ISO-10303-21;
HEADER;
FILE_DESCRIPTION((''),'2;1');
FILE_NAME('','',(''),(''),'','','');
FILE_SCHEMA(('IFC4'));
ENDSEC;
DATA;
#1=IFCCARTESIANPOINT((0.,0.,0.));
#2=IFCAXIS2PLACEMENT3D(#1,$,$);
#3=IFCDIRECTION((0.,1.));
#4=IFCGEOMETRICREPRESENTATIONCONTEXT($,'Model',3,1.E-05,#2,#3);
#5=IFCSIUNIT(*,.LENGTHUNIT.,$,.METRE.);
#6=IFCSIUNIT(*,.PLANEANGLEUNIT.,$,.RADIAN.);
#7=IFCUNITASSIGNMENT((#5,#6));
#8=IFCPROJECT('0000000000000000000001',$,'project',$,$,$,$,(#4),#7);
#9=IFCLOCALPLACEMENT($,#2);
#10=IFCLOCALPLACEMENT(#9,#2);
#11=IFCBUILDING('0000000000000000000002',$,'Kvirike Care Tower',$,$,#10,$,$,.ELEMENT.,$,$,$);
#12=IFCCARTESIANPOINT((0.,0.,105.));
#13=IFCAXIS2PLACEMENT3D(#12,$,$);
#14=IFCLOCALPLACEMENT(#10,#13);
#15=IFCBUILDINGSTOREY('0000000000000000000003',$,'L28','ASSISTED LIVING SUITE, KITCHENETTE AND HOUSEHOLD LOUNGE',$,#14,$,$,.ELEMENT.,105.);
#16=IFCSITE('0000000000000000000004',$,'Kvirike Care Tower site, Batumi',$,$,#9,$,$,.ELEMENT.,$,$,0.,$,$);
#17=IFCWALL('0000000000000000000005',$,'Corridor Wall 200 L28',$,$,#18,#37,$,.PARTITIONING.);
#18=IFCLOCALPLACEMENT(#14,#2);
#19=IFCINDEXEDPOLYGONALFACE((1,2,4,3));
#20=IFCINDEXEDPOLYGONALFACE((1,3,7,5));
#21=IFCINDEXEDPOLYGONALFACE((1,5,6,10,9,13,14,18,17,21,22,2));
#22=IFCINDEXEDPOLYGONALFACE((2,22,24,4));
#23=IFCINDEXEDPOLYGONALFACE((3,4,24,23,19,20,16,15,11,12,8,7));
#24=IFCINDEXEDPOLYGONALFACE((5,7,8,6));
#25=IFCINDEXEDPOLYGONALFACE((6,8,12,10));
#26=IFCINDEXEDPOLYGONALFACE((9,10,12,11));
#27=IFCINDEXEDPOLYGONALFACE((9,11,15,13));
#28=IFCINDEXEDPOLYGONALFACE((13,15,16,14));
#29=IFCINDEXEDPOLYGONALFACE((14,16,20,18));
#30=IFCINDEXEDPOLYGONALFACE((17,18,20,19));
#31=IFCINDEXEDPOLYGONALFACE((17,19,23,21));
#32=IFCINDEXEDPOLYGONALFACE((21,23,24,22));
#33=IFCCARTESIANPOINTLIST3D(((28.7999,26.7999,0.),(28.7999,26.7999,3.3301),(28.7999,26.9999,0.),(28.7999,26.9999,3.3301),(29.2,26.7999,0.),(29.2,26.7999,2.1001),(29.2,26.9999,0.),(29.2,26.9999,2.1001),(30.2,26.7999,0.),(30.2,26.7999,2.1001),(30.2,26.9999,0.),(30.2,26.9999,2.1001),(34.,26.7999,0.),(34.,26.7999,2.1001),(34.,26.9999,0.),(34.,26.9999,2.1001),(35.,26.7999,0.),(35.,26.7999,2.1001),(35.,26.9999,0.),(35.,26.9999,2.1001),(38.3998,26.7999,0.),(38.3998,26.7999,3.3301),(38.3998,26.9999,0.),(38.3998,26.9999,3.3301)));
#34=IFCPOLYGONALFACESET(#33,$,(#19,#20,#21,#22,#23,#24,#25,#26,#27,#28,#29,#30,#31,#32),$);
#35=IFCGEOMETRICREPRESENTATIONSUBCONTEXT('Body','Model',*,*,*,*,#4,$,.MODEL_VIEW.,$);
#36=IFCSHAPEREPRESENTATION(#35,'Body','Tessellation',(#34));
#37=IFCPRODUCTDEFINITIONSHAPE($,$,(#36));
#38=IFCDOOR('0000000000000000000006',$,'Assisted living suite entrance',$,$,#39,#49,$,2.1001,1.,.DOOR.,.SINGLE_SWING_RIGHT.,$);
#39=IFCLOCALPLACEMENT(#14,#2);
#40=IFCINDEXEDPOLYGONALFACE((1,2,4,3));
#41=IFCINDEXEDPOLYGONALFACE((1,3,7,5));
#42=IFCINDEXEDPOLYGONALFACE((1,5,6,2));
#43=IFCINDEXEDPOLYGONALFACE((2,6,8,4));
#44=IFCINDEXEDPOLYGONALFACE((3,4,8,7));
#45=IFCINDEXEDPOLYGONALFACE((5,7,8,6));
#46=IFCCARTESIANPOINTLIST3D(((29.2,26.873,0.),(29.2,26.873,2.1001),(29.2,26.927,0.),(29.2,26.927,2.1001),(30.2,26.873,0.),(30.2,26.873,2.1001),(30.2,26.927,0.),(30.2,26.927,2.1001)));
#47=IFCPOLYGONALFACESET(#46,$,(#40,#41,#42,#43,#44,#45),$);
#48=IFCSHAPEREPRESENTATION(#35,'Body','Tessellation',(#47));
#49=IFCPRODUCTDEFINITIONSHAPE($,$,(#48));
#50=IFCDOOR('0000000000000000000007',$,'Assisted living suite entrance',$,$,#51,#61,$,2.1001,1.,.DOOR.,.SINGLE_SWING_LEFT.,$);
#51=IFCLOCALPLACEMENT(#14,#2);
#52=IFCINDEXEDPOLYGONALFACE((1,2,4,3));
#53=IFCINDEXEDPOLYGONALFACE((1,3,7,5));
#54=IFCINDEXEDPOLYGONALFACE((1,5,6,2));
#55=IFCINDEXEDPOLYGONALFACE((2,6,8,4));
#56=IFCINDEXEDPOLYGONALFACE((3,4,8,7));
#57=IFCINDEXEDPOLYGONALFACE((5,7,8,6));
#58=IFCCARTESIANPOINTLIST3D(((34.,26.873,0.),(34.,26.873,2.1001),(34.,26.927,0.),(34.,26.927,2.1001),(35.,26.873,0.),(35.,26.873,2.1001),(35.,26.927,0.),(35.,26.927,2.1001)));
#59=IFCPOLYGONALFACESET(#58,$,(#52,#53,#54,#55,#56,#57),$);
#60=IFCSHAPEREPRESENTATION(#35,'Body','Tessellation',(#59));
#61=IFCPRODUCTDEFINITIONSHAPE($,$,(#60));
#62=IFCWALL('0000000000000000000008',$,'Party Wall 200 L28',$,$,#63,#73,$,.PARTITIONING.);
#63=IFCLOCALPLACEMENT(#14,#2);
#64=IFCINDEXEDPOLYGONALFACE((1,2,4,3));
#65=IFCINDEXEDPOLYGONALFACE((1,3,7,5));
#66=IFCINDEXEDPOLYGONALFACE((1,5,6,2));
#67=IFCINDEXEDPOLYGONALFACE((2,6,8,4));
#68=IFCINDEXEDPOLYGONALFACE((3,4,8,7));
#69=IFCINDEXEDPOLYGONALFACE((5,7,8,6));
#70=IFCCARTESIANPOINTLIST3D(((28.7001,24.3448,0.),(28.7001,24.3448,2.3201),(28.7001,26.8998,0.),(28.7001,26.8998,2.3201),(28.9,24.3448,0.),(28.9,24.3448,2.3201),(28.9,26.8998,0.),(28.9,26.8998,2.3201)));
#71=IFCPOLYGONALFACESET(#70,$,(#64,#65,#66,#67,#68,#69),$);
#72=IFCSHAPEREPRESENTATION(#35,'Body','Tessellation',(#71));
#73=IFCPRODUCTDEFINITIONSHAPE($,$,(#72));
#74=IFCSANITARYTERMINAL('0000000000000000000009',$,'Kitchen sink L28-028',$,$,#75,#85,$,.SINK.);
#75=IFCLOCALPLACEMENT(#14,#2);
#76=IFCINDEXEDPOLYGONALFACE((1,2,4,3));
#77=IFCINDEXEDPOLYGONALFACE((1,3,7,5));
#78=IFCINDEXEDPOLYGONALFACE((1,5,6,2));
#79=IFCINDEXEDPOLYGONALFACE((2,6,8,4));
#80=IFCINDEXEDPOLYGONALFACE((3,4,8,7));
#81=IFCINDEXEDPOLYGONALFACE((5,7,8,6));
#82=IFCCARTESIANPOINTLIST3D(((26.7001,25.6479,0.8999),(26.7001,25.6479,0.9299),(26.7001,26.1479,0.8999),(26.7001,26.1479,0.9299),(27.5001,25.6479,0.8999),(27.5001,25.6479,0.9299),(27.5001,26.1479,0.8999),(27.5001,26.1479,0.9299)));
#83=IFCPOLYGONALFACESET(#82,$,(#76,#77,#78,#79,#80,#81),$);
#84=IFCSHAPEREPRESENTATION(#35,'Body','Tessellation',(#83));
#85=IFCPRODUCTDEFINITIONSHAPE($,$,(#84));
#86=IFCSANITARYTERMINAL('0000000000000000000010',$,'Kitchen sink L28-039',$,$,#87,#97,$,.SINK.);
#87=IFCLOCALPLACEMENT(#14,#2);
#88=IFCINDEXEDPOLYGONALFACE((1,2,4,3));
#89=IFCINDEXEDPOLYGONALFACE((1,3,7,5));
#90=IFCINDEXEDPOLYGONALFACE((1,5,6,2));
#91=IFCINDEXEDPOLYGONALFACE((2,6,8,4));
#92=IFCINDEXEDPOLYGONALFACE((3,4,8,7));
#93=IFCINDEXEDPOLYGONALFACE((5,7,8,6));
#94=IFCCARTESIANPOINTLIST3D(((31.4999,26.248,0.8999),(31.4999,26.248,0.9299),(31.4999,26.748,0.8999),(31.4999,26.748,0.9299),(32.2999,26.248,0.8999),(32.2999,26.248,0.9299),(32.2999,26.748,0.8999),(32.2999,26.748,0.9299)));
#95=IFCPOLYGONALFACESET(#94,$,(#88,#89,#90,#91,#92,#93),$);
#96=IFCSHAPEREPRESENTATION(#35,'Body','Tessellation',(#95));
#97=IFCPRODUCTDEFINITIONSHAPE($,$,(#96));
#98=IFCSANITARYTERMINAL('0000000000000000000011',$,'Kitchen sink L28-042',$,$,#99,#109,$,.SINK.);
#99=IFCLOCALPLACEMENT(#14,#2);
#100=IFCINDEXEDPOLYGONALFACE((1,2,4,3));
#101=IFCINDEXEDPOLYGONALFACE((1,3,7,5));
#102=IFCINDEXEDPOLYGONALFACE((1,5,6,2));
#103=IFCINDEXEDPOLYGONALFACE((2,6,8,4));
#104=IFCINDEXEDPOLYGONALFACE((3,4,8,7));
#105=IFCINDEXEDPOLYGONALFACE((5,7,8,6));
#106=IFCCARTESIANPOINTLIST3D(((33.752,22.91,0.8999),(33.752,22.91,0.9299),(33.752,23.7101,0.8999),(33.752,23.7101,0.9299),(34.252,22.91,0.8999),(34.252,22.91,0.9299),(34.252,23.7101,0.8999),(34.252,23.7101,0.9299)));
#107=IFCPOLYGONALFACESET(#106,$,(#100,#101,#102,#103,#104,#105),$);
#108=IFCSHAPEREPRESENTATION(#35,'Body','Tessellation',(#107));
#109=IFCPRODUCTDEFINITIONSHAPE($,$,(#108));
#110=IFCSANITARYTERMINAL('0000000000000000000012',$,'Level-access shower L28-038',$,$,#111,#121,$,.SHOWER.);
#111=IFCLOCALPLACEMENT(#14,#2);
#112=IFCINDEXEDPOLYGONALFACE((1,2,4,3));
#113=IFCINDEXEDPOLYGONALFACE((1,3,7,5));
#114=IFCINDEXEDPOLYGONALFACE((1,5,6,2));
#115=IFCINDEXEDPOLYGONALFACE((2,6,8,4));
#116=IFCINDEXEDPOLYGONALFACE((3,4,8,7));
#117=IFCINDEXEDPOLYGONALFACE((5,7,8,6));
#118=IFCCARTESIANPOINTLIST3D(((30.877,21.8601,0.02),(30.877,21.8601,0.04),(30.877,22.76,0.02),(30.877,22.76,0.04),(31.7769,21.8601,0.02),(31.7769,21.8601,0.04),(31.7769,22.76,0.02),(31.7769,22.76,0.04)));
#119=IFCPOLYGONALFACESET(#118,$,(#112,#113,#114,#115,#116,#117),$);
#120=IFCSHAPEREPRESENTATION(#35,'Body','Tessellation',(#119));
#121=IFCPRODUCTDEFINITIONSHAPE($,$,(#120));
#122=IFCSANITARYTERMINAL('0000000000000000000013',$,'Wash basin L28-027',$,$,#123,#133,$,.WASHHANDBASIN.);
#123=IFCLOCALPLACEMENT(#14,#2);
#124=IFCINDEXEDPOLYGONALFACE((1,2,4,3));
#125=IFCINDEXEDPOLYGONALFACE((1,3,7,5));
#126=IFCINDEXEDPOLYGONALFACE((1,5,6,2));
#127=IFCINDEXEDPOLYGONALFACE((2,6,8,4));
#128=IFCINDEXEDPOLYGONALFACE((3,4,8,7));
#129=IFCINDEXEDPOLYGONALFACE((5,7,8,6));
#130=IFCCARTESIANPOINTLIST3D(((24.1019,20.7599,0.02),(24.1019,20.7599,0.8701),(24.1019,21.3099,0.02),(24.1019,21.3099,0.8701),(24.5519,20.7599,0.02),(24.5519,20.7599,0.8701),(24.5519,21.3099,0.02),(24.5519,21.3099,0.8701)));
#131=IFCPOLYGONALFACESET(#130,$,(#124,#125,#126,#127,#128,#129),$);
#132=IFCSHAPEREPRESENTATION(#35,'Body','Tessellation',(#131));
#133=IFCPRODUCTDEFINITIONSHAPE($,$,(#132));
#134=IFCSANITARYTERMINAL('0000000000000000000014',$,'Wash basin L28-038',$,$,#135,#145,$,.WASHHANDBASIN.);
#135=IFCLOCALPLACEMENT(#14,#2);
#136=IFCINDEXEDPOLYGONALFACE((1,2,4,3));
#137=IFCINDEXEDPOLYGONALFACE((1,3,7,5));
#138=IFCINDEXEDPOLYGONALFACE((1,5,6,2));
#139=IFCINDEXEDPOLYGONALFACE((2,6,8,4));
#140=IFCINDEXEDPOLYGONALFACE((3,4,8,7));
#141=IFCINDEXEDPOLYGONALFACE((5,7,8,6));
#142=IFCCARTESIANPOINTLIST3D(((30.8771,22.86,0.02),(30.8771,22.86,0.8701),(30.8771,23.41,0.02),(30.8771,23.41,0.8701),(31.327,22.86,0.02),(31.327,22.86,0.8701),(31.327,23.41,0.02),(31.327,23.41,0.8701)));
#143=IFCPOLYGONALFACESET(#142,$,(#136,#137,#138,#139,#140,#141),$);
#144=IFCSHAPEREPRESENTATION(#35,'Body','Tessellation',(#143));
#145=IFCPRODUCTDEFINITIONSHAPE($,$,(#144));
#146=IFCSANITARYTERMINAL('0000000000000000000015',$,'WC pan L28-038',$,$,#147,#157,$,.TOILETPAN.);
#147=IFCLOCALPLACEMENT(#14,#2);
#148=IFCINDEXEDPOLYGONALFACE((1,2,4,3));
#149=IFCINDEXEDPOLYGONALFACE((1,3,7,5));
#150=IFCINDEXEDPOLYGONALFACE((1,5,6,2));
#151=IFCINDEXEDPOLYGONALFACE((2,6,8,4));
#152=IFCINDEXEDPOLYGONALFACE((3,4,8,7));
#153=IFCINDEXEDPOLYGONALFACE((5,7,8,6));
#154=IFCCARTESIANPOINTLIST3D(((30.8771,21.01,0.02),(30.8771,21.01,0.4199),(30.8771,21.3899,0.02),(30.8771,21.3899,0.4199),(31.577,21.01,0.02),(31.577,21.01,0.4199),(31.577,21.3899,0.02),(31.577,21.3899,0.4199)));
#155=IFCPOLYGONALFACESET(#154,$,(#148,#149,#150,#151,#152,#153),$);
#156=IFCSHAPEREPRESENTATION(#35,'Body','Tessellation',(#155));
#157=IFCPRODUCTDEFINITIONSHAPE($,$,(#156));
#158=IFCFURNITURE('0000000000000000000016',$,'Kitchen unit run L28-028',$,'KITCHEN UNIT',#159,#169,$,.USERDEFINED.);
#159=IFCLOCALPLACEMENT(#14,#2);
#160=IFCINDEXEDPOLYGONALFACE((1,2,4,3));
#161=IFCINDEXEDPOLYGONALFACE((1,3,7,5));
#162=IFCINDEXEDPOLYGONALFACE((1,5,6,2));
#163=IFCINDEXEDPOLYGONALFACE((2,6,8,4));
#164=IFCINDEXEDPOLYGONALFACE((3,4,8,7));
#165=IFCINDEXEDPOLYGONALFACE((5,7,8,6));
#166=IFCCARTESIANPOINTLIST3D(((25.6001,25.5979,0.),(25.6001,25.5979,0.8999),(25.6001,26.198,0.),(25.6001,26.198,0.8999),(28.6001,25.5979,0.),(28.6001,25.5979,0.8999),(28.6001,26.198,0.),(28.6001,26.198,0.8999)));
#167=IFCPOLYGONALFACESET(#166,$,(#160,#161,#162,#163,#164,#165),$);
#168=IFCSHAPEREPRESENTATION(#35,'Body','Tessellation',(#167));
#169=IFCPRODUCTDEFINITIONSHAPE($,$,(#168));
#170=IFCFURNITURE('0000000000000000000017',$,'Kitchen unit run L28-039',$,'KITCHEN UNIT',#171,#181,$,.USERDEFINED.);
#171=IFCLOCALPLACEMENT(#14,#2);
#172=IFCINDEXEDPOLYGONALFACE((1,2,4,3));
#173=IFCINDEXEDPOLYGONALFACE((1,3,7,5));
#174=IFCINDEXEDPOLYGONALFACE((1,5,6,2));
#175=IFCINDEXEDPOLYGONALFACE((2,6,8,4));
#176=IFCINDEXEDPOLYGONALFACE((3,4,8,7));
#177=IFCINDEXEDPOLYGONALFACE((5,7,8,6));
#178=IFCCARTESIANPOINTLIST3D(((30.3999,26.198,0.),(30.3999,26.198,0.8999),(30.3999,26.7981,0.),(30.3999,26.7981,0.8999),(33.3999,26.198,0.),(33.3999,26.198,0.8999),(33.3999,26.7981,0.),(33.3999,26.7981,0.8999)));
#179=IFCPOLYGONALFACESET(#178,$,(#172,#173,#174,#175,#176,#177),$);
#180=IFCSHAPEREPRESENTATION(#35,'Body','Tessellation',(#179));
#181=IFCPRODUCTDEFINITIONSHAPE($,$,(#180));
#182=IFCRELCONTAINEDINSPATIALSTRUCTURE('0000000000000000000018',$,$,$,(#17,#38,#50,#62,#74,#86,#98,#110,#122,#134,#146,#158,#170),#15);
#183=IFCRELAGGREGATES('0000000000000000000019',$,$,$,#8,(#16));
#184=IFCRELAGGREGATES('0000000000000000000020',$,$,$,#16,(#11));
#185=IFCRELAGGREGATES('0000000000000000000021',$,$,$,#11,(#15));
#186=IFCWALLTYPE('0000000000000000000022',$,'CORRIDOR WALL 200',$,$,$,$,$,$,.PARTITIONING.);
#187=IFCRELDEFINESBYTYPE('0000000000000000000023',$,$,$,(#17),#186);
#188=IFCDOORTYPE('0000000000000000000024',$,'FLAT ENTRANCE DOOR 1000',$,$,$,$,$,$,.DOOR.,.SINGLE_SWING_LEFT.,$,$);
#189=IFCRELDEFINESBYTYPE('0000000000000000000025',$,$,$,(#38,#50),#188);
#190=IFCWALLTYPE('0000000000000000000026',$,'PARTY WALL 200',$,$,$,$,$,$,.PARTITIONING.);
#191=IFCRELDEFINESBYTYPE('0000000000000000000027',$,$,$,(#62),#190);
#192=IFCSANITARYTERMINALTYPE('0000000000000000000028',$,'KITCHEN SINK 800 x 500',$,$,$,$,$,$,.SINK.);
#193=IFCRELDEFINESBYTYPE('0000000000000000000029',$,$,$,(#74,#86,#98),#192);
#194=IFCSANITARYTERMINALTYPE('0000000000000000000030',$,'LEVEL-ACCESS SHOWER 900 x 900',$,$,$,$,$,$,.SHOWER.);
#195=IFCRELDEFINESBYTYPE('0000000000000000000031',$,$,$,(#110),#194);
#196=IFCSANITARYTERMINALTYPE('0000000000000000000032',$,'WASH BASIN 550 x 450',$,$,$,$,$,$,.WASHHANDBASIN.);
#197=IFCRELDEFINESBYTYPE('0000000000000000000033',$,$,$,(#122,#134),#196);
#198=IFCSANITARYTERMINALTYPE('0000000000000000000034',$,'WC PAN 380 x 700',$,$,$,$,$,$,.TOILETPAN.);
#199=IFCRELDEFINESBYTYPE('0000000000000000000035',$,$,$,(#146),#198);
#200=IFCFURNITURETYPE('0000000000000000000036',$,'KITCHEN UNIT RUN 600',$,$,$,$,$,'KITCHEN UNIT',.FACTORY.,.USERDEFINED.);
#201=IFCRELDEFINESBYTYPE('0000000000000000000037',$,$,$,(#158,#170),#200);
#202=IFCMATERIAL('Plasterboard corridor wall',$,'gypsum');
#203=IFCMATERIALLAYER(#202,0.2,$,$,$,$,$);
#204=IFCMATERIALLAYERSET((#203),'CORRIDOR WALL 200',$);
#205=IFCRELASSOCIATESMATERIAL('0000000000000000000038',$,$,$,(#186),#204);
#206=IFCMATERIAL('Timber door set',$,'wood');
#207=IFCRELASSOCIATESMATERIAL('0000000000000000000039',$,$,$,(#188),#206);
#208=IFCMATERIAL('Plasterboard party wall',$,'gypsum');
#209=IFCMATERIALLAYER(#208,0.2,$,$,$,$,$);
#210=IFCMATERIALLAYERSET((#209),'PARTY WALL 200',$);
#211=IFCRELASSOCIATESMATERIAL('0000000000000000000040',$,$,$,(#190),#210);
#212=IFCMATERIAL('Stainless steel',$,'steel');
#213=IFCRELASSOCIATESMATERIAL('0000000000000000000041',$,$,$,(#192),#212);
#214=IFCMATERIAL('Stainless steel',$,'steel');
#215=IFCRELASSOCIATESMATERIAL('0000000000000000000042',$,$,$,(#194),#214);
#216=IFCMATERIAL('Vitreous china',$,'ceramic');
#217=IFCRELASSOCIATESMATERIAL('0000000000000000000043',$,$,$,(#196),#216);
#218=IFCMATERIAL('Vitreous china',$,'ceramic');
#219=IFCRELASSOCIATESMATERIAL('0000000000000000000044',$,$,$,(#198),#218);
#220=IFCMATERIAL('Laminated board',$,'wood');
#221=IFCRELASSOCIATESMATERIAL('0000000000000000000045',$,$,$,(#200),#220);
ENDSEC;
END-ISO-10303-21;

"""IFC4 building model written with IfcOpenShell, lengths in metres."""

from ifc_helpers import new_model, si_unit, direction, frame, frame_2d, origin, origin_2d, place, context, subcontext, project, spatial, rectangle, extrude, material, layer, layer_set, type_object, element, fill, save


model = new_model("IFC4")

# Units and contexts
model_context = context("Model", 3, precision=1e-05, world=origin(), true_north=direction((0.0, 1.0)))
body_context = subcontext(model_context, "Body", "Model", "MODEL_VIEW")
ifc_project = project(units=[si_unit("LENGTHUNIT", "METRE"), si_unit("PLANEANGLEUNIT", "RADIAN")], contexts=[model_context])

# Site, building, storey
site_placement = place(None, origin())
site = spatial("IfcSite", under=ifc_project, at=site_placement, Name="Kvirike Care Tower site, Batumi", CompositionType="ELEMENT", RefElevation=0.0)
building_placement = place(site_placement, origin())
building = spatial("IfcBuilding", under=site, at=building_placement, Name="Kvirike Care Tower", CompositionType="ELEMENT")
storey_placement = place(building_placement, frame((0.0, 0.0, 105.0)))
storey = spatial("IfcBuildingStorey", under=building, at=storey_placement, Name="L28", Description="ASSISTED LIVING SUITE, KITCHENETTE AND HOUSEHOLD LOUNGE", CompositionType="ELEMENT", Elevation=105.0)

# Wall, openings, doors
ifc_material_1 = material(Name="Plasterboard corridor wall", Category="gypsum")
ifc_layer_1 = layer(ifc_material_1, 0.2)
ifc_layer_set_1 = layer_set([ifc_layer_1], Name="CORRIDOR WALL 200")
wall_type_1 = type_object("IfcWallType", Name="CORRIDOR WALL 200", PredefinedType="PARTITIONING", material=ifc_layer_set_1)
wall_1_placement = place(storey_placement, frame((28.8, 26.8999, 0.0), z_axis=(0.0, 0.0, 1.0), x_axis=(1.0, 0.0, 0.0)))
wall_1 = element("IfcWall", 1, at=wall_1_placement, inside=storey, type_object=wall_type_1, Name="Corridor Wall 200 L28", PredefinedType="PARTITIONING", context=body_context, shape_type="SweptSolid", body=[
    extrude(rectangle(XDim=9.5999, YDim=0.2, at=frame_2d((4.7998, 0.0))), origin(), (0.0, 0.0, 1.0), 3.3301),
])
opening_1_placement = place(wall_1_placement, frame((0.3999, 0.0, 0.0)))
opening_1 = element("IfcOpeningElement", 2, at=opening_1_placement, cuts=wall_1, PredefinedType="OPENING", context=body_context, shape_type="SweptSolid", body=[
    extrude(rectangle(XDim=1.0, YDim=2.1001, at=frame_2d((0.5, 1.05))), frame((0.0, 0.1106, 0.0), z_axis=(0.0, -1.0, 0.0), x_axis=(1.0, 0.0, 0.0)), (0.0, 0.0, 1.0), 0.2209),
])
opening_2_placement = place(wall_1_placement, frame((5.2, 0.0, 0.0)))
opening_2 = element("IfcOpeningElement", 3, at=opening_2_placement, cuts=wall_1, PredefinedType="OPENING", context=body_context, shape_type="SweptSolid", body=[
    extrude(rectangle(XDim=1.0, YDim=2.1001, at=frame_2d((0.5, 1.05))), frame((0.0, 0.1106, 0.0), z_axis=(0.0, -1.0, 0.0), x_axis=(1.0, 0.0, 0.0)), (0.0, 0.0, 1.0), 0.2209),
])
ifc_material_2 = material(Name="Timber door set", Category="wood")
door_type = type_object("IfcDoorType", Name="FLAT ENTRANCE DOOR 1000", OperationType="SINGLE_SWING_LEFT", PredefinedType="DOOR", material=ifc_material_2)
door_1_placement = place(opening_1_placement, frame((1.0, 0.0, 0.0), z_axis=(0.0, 0.0, 1.0), x_axis=(-1.0, 0.0, 0.0)))
door_1 = element("IfcDoor", 4, at=door_1_placement, inside=storey, type_object=door_type, Name="Assisted living suite entrance", OperationType="SINGLE_SWING_RIGHT", OverallHeight=2.1001, OverallWidth=1.0, PredefinedType="DOOR", context=body_context, shape_type="SweptSolid", body=[
    extrude(rectangle(XDim=1.0, YDim=2.1001, at=frame_2d((0.5, 1.05))), frame((0.0, 0.0269, 0.0), z_axis=(0.0, -1.0, 0.0), x_axis=(1.0, 0.0, 0.0)), (0.0, 0.0, 1.0), 0.054),
])
fill(opening_1, door_1)
door_2_placement = place(opening_2_placement, frame((1.0, 0.0, 0.0), z_axis=(0.0, 0.0, 1.0), x_axis=(-1.0, 0.0, 0.0)))
door_2 = element("IfcDoor", 5, at=door_2_placement, inside=storey, type_object=door_type, Name="Assisted living suite entrance", OperationType="SINGLE_SWING_LEFT", OverallHeight=2.1001, OverallWidth=1.0, PredefinedType="DOOR", context=body_context, shape_type="SweptSolid", body=[
    extrude(rectangle(XDim=1.0, YDim=2.1001, at=frame_2d((0.5, 1.05))), frame((0.0, 0.0269, 0.0), z_axis=(0.0, -1.0, 0.0), x_axis=(1.0, 0.0, 0.0)), (0.0, 0.0, 1.0), 0.054),
])
fill(opening_2, door_2)

# Wall
ifc_material_3 = material(Name="Plasterboard party wall", Category="gypsum")
ifc_layer_2 = layer(ifc_material_3, 0.2)
ifc_layer_set_2 = layer_set([ifc_layer_2], Name="PARTY WALL 200")
wall_type_2 = type_object("IfcWallType", Name="PARTY WALL 200", PredefinedType="PARTITIONING", material=ifc_layer_set_2)
wall_2_placement = place(storey_placement, frame((28.8, 24.345, 0.0), z_axis=(0.0, 0.0, 1.0), x_axis=(0.0, 1.0, 0.0)))
element("IfcWall", 6, at=wall_2_placement, inside=storey, type_object=wall_type_2, Name="Party Wall 200 L28", PredefinedType="PARTITIONING", context=body_context, shape_type="SweptSolid", body=[
    extrude(rectangle(XDim=2.5549, YDim=0.2, at=frame_2d((1.2773, 0.0))), origin(), (0.0, 0.0, 1.0), 2.3201),
])

# Sanitary terminals
ifc_material_4 = material(Name="Stainless steel", Category="steel")
sanitary_terminal_type_1 = type_object("IfcSanitaryTerminalType", Name="KITCHEN SINK 800 x 500", PredefinedType="SINK", material=ifc_material_4)
for number, where, z_axis, x_axis, name in (
    (7, (27.1001, 25.8979, 0.8999), (0.0, 0.0, 1.0), (1.0, 0.0, 0.0), "Kitchen sink L28-028"),
    (8, (31.8999, 26.498, 0.8999), (0.0, 0.0, 1.0), (1.0, 0.0, 0.0), "Kitchen sink L28-039"),
    (9, (34.002, 23.3101, 0.8999), (0.0, 0.0, 1.0), (0.0, 1.0, 0.0), "Kitchen sink L28-042"),
):
    element("IfcSanitaryTerminal", number, at=place(storey_placement, frame(where, z_axis=z_axis, x_axis=x_axis)), inside=storey, type_object=sanitary_terminal_type_1, Name=name, PredefinedType="SINK", context=body_context, shape_type="SweptSolid", body=[
        extrude(rectangle(XDim=0.8, YDim=0.5, at=origin_2d()), origin(), (0.0, 0.0, 1.0), 0.03),
    ])
ifc_material_5 = material(Name="Stainless steel", Category="steel")
sanitary_terminal_type_2 = type_object("IfcSanitaryTerminalType", Name="LEVEL-ACCESS SHOWER 900 x 900", PredefinedType="SHOWER", material=ifc_material_5)
sanitary_terminal_1_placement = place(storey_placement, frame((31.3269, 22.3101, 0.02), z_axis=(0.0, 0.0, 1.0), x_axis=(0.0, 1.0, 0.0)))
element("IfcSanitaryTerminal", 10, at=sanitary_terminal_1_placement, inside=storey, type_object=sanitary_terminal_type_2, Name="Level-access shower L28-038", PredefinedType="SHOWER", context=body_context, shape_type="SweptSolid", body=[
    extrude(rectangle(XDim=0.8999, YDim=0.8999, at=origin_2d()), origin(), (0.0, 0.0, 1.0), 0.02),
])
ifc_material_6 = material(Name="Vitreous china", Category="ceramic")
sanitary_terminal_type_3 = type_object("IfcSanitaryTerminalType", Name="WASH BASIN 550 x 450", PredefinedType="WASHHANDBASIN", material=ifc_material_6)
for number, where, z_axis, x_axis, name in (
    (11, (24.3269, 21.0349, 0.02), (0.0, 0.0, 1.0), (0.0, 1.0, 0.0), "Wash basin L28-027"),
    (12, (31.1021, 23.135, 0.02), (0.0, 0.0, 1.0), (0.0, 1.0, 0.0), "Wash basin L28-038"),
):
    element("IfcSanitaryTerminal", number, at=place(storey_placement, frame(where, z_axis=z_axis, x_axis=x_axis)), inside=storey, type_object=sanitary_terminal_type_3, Name=name, PredefinedType="WASHHANDBASIN", context=body_context, shape_type="SweptSolid", body=[
        extrude(rectangle(XDim=0.55, YDim=0.45, at=origin_2d()), origin(), (0.0, 0.0, 1.0), 0.8501),
    ])
ifc_material_7 = material(Name="Vitreous china", Category="ceramic")
sanitary_terminal_type_4 = type_object("IfcSanitaryTerminalType", Name="WC PAN 380 x 700", PredefinedType="TOILETPAN", material=ifc_material_7)
sanitary_terminal_2_placement = place(storey_placement, frame((31.2271, 21.2, 0.02), z_axis=(0.0, 0.0, 1.0), x_axis=(0.0, 1.0, 0.0)))
element("IfcSanitaryTerminal", 13, at=sanitary_terminal_2_placement, inside=storey, type_object=sanitary_terminal_type_4, Name="WC pan L28-038", PredefinedType="TOILETPAN", context=body_context, shape_type="SweptSolid", body=[
    extrude(rectangle(XDim=0.3799, YDim=0.7, at=origin_2d()), origin(), (0.0, 0.0, 1.0), 0.3999),
])

# Furniture
ifc_material_8 = material(Name="Laminated board", Category="wood")
furniture_type = type_object("IfcFurnitureType", Name="KITCHEN UNIT RUN 600", ElementType="KITCHEN UNIT", AssemblyPlace="FACTORY", PredefinedType="USERDEFINED", material=ifc_material_8)
for number, where, z_axis, x_axis, name in (
    (14, (27.1001, 25.8979, 0.0), (0.0, 0.0, 1.0), (1.0, 0.0, 0.0), "Kitchen unit run L28-028"),
    (15, (31.8999, 26.498, 0.0), (0.0, 0.0, 1.0), (1.0, 0.0, 0.0), "Kitchen unit run L28-039"),
):
    element("IfcFurniture", number, at=place(storey_placement, frame(where, z_axis=z_axis, x_axis=x_axis)), inside=storey, type_object=furniture_type, Name=name, ObjectType="KITCHEN UNIT", PredefinedType="USERDEFINED", context=body_context, shape_type="SweptSolid", body=[
        extrude(rectangle(XDim=3.0, YDim=0.6001, at=origin_2d()), origin(), (0.0, 0.0, 1.0), 0.8999),
    ])

save(model, "model.ifc")
